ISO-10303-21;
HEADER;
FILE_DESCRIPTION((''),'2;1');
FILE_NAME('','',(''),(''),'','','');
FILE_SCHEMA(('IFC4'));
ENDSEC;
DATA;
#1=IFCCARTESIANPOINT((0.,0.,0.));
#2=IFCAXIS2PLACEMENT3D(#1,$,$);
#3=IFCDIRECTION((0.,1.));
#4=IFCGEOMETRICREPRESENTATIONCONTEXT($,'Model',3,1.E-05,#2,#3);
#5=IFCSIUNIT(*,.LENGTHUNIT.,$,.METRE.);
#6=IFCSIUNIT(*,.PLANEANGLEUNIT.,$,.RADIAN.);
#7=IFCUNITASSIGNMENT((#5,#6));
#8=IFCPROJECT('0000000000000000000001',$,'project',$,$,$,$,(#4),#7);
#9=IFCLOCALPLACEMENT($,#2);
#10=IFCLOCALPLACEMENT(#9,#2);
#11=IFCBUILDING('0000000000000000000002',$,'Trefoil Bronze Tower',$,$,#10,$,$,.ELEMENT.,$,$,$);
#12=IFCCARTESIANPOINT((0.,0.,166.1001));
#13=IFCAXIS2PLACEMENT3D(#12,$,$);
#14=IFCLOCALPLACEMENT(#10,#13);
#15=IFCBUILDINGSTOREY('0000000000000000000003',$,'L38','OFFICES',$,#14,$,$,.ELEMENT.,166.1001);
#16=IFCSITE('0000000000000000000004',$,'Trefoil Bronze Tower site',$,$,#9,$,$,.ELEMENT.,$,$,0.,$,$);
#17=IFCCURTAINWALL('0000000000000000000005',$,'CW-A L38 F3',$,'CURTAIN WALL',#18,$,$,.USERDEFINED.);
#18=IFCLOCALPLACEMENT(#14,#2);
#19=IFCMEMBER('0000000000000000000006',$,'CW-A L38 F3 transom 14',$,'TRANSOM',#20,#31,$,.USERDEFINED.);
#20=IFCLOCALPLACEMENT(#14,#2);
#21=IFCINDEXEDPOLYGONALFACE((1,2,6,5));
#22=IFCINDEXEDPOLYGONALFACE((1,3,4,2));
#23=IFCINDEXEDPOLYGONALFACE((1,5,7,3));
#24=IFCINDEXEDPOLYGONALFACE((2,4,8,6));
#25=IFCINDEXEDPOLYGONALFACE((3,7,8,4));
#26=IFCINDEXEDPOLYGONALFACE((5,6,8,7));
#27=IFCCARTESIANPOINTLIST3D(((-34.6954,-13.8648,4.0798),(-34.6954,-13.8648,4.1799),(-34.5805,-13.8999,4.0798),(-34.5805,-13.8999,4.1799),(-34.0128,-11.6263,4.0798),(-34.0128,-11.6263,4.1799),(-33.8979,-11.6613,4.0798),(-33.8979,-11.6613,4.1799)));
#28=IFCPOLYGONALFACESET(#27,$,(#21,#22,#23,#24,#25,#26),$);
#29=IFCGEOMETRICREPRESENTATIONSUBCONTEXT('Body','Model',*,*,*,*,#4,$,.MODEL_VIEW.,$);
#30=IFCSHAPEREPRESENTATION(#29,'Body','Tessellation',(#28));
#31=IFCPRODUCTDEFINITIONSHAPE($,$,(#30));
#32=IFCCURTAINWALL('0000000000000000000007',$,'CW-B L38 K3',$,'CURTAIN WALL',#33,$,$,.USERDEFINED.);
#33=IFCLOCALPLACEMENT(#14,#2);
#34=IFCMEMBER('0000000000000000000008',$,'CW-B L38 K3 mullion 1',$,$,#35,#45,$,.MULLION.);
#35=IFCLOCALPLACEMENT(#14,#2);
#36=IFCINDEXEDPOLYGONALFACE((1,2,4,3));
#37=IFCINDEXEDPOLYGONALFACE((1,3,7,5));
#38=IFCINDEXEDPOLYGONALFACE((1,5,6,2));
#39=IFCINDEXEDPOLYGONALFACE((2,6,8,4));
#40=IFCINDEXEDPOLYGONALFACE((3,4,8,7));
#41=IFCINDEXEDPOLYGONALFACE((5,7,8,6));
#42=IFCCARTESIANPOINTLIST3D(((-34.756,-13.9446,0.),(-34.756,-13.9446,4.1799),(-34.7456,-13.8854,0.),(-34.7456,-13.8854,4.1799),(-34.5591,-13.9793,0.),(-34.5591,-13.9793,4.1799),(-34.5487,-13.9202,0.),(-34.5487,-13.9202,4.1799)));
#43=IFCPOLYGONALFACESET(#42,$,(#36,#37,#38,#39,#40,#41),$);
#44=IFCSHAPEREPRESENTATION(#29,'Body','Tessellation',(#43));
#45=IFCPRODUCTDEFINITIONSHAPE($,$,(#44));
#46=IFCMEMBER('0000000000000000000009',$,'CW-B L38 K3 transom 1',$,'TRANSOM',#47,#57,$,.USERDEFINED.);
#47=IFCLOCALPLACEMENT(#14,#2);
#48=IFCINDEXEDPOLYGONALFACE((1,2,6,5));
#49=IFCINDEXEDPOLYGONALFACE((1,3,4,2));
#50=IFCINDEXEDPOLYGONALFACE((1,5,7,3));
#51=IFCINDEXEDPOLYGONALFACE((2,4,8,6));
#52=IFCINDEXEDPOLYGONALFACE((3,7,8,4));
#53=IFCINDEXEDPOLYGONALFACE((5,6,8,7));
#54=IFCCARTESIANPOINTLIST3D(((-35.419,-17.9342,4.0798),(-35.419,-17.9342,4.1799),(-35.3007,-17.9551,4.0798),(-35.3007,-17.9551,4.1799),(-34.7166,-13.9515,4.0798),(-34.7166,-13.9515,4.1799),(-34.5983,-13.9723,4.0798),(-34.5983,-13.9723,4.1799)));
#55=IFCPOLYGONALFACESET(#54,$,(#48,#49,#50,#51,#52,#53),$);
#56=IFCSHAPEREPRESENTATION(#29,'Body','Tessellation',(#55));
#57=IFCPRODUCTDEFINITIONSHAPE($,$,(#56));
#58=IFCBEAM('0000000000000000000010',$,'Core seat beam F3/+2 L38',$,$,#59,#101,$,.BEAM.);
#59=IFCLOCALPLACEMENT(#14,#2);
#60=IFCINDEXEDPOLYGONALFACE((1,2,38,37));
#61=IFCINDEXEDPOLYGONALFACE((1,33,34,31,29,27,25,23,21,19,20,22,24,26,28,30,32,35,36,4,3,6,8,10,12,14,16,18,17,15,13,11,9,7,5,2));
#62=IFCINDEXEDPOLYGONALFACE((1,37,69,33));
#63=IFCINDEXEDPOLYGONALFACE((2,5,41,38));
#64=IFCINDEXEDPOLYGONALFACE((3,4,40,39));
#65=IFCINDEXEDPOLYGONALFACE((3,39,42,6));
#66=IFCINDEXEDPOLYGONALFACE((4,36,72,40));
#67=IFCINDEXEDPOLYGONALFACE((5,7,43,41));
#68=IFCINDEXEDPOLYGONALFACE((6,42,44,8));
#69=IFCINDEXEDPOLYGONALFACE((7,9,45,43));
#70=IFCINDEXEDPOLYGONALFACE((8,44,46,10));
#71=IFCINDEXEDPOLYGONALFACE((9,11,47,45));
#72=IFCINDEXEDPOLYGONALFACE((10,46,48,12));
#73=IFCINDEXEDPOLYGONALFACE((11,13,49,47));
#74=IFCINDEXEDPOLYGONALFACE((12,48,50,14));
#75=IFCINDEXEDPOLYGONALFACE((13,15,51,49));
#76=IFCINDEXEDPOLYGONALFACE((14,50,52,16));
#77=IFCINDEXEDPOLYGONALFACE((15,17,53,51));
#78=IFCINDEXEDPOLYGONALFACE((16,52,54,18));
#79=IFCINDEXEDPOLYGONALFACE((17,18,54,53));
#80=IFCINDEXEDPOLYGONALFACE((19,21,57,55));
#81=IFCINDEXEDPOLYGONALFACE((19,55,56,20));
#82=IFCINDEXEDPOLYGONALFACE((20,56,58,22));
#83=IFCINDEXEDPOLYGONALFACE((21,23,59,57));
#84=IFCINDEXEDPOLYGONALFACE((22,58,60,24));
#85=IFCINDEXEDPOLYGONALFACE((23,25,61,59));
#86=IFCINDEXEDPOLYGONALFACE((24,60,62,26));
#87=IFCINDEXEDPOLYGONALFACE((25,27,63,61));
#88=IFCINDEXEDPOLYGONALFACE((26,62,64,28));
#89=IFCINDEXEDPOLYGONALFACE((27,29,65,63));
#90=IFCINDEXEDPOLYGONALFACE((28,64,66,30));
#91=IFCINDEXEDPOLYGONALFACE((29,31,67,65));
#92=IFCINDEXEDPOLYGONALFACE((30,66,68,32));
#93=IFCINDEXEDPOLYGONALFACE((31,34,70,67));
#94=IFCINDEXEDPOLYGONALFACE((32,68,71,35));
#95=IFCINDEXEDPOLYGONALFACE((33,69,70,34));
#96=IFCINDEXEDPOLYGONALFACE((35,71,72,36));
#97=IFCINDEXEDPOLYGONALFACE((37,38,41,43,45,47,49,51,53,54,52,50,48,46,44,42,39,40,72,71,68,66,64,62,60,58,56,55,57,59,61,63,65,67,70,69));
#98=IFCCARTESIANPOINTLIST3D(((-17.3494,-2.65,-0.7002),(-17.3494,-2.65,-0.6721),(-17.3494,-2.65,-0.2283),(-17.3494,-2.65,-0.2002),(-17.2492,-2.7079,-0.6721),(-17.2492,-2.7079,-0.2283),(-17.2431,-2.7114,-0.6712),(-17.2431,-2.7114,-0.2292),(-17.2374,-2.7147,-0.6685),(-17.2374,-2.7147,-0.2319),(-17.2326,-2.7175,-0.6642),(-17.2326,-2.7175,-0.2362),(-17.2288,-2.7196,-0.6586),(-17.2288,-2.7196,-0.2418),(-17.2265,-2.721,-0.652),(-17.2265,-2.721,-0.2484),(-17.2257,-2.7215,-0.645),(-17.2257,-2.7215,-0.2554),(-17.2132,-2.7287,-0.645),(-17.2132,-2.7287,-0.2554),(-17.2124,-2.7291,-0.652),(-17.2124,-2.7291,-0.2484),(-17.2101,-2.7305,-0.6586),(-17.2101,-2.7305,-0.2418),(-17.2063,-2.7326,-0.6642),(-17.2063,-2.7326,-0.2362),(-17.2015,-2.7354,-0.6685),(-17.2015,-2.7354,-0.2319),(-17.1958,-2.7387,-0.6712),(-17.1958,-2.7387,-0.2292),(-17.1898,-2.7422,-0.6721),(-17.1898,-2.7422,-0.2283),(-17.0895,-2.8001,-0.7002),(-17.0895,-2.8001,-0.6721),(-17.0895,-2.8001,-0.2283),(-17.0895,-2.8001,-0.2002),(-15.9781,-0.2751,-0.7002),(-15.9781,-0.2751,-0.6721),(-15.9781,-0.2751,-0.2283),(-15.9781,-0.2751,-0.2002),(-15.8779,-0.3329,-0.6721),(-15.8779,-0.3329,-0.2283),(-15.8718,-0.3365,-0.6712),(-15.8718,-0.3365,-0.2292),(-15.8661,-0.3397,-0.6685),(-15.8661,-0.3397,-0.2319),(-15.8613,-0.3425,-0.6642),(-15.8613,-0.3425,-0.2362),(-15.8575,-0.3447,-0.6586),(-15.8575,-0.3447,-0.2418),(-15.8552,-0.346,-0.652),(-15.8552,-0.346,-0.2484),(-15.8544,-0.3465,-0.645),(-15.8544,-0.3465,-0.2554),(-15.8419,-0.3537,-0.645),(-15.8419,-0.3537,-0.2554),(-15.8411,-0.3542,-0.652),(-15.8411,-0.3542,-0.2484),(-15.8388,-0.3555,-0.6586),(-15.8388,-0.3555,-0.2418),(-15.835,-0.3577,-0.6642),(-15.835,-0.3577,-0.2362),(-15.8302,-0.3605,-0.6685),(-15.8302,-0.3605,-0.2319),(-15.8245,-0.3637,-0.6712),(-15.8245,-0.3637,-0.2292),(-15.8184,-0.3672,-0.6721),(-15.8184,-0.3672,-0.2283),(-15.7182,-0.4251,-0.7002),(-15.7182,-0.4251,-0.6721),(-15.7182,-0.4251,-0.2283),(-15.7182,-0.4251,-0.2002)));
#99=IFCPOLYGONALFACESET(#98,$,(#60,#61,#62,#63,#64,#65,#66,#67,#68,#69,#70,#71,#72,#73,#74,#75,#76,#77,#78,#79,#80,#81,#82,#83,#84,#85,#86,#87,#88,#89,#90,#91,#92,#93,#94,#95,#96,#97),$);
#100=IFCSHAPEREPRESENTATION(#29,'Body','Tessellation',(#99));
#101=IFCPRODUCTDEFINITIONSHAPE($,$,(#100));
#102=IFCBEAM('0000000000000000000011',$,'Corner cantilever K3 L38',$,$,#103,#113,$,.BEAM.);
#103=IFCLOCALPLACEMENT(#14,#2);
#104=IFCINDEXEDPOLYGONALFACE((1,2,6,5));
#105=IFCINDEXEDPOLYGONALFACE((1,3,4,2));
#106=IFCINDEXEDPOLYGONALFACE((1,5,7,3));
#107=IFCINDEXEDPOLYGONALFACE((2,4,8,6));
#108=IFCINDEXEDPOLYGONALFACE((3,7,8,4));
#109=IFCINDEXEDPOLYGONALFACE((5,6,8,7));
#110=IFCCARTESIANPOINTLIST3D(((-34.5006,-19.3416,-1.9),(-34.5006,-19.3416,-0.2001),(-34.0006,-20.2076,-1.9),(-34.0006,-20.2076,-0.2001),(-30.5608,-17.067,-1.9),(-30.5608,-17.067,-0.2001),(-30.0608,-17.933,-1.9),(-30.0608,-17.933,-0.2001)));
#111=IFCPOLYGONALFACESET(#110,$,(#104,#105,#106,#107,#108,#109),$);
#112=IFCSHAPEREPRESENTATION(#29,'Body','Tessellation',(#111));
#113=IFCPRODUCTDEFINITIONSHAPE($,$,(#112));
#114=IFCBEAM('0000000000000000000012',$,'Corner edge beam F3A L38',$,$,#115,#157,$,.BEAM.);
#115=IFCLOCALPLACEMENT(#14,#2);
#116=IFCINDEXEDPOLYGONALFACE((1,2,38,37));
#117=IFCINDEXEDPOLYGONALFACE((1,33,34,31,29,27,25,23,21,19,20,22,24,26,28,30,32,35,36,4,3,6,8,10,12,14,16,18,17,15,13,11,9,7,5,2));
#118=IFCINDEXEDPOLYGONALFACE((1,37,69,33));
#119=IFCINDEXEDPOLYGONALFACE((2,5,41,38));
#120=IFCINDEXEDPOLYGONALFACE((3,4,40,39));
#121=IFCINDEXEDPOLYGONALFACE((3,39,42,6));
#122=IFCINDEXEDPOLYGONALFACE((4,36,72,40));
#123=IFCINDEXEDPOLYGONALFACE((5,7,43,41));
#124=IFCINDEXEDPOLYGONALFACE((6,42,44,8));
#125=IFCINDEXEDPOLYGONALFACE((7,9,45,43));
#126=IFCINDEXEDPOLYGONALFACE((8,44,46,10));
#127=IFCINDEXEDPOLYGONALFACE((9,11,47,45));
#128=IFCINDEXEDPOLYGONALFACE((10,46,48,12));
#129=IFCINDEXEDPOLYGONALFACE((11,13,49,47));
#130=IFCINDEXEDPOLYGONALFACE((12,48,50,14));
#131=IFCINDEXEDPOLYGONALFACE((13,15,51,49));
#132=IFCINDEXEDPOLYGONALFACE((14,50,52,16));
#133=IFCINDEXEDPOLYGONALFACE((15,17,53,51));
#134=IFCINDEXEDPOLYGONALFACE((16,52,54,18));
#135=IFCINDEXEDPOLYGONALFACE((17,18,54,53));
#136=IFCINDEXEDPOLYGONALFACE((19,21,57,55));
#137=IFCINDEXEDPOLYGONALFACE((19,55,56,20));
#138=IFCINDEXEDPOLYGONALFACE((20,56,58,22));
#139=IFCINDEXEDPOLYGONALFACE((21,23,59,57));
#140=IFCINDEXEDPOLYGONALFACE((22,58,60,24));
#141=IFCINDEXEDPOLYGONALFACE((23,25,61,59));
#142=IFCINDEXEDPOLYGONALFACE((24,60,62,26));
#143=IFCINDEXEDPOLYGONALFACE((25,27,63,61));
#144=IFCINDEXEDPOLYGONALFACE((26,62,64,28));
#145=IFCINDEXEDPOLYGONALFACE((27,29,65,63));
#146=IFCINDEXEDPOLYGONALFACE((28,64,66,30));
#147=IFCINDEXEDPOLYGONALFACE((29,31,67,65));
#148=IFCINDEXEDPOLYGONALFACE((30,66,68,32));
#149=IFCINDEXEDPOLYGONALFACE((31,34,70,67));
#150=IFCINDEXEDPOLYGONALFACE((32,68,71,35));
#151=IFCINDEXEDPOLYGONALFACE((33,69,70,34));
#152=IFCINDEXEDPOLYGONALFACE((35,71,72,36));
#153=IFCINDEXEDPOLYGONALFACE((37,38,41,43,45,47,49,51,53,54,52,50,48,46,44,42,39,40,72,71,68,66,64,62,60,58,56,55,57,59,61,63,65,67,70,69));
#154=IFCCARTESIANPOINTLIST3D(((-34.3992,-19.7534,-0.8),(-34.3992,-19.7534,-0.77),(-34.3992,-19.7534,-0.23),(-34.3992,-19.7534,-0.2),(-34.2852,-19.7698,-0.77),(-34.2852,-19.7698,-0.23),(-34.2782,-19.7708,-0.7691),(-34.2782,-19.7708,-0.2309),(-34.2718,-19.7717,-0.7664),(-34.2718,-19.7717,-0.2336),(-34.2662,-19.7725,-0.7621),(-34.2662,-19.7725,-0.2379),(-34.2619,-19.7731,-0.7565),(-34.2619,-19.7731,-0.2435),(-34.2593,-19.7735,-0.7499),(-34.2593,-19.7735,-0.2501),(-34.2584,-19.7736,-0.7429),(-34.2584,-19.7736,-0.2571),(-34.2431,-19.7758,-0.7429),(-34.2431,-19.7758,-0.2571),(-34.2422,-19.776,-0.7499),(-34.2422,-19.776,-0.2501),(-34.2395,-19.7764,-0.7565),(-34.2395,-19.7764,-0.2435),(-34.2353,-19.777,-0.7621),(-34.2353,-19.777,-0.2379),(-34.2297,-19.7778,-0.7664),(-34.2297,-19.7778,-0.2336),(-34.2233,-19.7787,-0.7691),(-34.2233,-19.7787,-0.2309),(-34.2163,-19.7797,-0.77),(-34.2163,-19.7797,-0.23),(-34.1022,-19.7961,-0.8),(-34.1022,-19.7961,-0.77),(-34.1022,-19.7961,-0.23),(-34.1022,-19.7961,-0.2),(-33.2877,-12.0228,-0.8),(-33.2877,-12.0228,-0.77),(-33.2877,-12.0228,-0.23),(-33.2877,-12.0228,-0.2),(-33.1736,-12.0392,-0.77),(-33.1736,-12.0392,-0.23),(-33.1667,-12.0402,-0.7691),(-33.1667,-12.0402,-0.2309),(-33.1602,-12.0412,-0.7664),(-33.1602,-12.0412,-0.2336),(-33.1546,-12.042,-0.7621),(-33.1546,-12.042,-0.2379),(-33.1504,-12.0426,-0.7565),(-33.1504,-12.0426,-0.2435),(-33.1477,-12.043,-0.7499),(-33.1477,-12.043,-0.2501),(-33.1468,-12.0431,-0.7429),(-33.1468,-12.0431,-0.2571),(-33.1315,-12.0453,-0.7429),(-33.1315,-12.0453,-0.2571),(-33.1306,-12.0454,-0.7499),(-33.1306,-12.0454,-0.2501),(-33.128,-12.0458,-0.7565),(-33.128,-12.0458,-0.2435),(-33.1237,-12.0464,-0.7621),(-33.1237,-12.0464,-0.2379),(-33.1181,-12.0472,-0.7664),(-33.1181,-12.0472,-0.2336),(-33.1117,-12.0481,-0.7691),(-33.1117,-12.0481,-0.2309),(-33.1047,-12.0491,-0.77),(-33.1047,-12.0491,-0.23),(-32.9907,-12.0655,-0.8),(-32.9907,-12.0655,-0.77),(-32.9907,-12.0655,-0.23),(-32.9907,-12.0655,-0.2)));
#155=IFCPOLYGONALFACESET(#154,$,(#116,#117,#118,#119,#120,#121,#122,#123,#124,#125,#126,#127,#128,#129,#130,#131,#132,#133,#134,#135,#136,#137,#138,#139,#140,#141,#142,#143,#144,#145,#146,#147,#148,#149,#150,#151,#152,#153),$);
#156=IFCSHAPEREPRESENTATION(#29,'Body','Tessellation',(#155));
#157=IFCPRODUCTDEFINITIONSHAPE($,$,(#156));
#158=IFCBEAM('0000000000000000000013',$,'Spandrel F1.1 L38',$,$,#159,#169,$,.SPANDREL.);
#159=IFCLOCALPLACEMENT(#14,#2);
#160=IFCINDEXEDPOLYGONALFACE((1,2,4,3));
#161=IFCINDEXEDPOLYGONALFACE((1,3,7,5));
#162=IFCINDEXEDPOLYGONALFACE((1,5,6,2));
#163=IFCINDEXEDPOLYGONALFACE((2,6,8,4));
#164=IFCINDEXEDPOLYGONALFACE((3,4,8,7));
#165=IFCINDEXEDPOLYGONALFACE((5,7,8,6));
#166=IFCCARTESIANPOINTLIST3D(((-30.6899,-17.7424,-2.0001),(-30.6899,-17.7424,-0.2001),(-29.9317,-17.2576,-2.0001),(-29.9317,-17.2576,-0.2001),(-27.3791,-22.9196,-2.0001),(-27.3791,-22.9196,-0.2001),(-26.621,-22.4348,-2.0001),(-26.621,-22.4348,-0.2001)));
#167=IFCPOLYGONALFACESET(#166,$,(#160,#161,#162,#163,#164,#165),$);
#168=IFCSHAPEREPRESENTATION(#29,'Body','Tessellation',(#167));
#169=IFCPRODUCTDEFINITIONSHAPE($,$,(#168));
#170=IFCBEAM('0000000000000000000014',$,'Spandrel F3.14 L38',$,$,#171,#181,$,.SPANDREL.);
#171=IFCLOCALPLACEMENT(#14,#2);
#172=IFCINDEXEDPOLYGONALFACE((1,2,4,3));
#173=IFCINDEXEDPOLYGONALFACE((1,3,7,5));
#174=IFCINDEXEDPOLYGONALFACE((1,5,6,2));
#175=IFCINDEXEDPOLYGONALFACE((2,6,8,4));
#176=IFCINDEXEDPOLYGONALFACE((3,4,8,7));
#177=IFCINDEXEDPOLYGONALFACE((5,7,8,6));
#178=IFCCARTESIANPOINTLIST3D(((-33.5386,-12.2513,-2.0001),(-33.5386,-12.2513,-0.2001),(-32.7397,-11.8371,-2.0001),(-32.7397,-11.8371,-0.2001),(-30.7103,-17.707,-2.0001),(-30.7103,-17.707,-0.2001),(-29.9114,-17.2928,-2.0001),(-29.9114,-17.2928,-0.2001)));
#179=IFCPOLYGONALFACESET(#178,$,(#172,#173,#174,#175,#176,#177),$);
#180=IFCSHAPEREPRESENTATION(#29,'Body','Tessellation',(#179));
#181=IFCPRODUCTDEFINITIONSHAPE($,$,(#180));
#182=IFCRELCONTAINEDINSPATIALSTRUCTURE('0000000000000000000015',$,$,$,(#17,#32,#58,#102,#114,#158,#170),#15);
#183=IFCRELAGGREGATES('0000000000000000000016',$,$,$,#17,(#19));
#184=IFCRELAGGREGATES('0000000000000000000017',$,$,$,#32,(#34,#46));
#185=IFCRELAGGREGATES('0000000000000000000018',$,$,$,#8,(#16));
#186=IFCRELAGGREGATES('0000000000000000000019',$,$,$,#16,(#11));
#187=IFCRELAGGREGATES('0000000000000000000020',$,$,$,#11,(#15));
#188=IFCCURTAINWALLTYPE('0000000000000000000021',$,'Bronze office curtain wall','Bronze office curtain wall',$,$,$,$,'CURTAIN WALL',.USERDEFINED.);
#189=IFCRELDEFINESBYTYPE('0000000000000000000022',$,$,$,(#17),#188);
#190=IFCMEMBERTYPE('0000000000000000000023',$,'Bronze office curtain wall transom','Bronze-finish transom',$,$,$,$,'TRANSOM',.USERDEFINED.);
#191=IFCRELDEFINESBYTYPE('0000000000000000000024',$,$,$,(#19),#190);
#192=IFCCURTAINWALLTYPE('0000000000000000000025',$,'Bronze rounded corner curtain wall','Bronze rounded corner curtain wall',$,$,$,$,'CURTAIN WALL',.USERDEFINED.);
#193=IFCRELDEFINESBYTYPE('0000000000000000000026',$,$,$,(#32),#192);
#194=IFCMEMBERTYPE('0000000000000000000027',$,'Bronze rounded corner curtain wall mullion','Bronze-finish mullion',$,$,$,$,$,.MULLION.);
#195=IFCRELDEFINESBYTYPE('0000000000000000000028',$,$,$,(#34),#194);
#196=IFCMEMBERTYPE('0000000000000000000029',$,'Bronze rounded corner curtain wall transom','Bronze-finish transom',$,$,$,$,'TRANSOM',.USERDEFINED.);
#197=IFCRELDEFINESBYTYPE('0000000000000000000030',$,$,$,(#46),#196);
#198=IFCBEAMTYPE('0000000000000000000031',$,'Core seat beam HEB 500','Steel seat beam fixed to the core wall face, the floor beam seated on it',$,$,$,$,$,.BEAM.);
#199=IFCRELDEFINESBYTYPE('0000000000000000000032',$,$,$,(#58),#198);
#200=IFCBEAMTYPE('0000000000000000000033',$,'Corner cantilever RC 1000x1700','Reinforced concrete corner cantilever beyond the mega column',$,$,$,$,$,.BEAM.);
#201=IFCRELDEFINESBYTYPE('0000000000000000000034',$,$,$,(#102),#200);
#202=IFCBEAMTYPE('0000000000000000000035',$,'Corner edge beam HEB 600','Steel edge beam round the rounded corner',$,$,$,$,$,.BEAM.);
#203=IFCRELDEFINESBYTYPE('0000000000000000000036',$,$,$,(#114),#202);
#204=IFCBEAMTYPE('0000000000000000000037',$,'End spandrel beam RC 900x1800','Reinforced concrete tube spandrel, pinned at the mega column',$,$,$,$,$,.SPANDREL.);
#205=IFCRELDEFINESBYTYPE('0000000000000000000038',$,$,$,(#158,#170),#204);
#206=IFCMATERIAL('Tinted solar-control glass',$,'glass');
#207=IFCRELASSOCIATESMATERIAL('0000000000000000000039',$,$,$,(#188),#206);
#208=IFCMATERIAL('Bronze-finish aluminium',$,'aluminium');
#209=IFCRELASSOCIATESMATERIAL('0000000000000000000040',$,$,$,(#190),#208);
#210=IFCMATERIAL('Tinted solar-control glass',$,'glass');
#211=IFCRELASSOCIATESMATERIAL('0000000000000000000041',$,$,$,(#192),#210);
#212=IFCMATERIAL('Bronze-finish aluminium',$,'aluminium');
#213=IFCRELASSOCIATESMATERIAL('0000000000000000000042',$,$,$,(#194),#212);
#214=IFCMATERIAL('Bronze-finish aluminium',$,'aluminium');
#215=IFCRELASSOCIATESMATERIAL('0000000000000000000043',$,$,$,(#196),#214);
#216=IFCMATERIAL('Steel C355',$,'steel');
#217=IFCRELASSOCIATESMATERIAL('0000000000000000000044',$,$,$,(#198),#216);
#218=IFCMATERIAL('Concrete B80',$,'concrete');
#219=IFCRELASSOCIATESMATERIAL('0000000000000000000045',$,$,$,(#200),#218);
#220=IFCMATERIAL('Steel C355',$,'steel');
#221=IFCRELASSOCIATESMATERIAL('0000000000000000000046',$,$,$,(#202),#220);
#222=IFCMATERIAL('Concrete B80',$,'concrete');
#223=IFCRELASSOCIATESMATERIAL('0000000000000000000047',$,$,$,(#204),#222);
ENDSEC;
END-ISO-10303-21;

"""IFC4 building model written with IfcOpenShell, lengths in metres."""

from ifc_helpers import new_model, si_unit, direction, frame, origin, origin_2d, place, context, subcontext, project, spatial, rectangle, i_section, extrude, material, material_profile, profile_set, type_object, element, aggregate, save


model = new_model("IFC4")

# Units and contexts
model_context = context("Model", 3, precision=1e-05, world=origin(), true_north=direction((0.0, 1.0)))
body_context = subcontext(model_context, "Body", "Model", "MODEL_VIEW")
ifc_project = project(units=[si_unit("LENGTHUNIT", "METRE"), si_unit("PLANEANGLEUNIT", "RADIAN")], contexts=[model_context])

# Site, building, storey
site_placement = place(None, origin())
site = spatial("IfcSite", under=ifc_project, at=site_placement, Name="Trefoil Bronze Tower site", CompositionType="ELEMENT", RefElevation=0.0)
building_placement = place(site_placement, origin())
building = spatial("IfcBuilding", under=site, at=building_placement, Name="Trefoil Bronze Tower", CompositionType="ELEMENT")
storey_placement = place(building_placement, frame((0.0, 0.0, 166.1001)))
storey = spatial("IfcBuildingStorey", under=building, at=storey_placement, Name="L38", Description="OFFICES", CompositionType="ELEMENT", Elevation=166.1001)

# Curtain walls, members
ifc_material_1 = material(Name="Tinted solar-control glass", Category="glass")
curtain_wall_type_1 = type_object("IfcCurtainWallType", Name="Bronze office curtain wall", Description="Bronze office curtain wall", ElementType="CURTAIN WALL", PredefinedType="USERDEFINED", material=ifc_material_1)
curtain_wall_1_placement = place(storey_placement, origin())
curtain_wall_1 = element("IfcCurtainWall", 1, at=curtain_wall_1_placement, inside=storey, type_object=curtain_wall_type_1, Name="CW-A L38 F3", ObjectType="CURTAIN WALL", PredefinedType="USERDEFINED")
ifc_material_2 = material(Name="Bronze-finish aluminium", Category="aluminium")
ifc_material_profile_1 = material_profile(ifc_material_2, rectangle(XDim=0.1201, YDim=0.1001, at=origin_2d()), Name="CW-A transom")
ifc_profile_set_1 = profile_set([ifc_material_profile_1], Name="Bronze-finish aluminium")
member_type_1 = type_object("IfcMemberType", Name="Bronze office curtain wall transom", Description="Bronze-finish transom", ElementType="TRANSOM", PredefinedType="USERDEFINED", material=ifc_profile_set_1)
member_1_placement = place(storey_placement, frame((-33.9553, -11.6438, 4.1299), z_axis=(-0.29168, -0.956516, 0.0), x_axis=(0.956516, -0.29168, 0.0)))
member_1 = element("IfcMember", 2, at=member_1_placement, type_object=member_type_1, Name="CW-A L38 F3 transom 14", ObjectType="TRANSOM", PredefinedType="USERDEFINED", context=body_context, shape_type="SweptSolid", body=[
    extrude(rectangle(XDim=0.1201, YDim=0.1001, at=origin_2d()), origin(), (0.0, 0.0, 1.0), 2.3403),
])
ifc_material_3 = material(Name="Tinted solar-control glass", Category="glass")
curtain_wall_type_2 = type_object("IfcCurtainWallType", Name="Bronze rounded corner curtain wall", Description="Bronze rounded corner curtain wall", ElementType="CURTAIN WALL", PredefinedType="USERDEFINED", material=ifc_material_3)
curtain_wall_2_placement = place(storey_placement, origin())
curtain_wall_2 = element("IfcCurtainWall", 3, at=curtain_wall_2_placement, inside=storey, type_object=curtain_wall_type_2, Name="CW-B L38 K3", ObjectType="CURTAIN WALL", PredefinedType="USERDEFINED")
ifc_material_4 = material(Name="Bronze-finish aluminium", Category="aluminium")
ifc_material_profile_2 = material_profile(ifc_material_4, rectangle(XDim=0.2, YDim=0.0601, at=origin_2d()), Name="CW-B mullion")
ifc_profile_set_2 = profile_set([ifc_material_profile_2], Name="Bronze-finish aluminium")
member_type_2 = type_object("IfcMemberType", Name="Bronze rounded corner curtain wall mullion", Description="Bronze-finish mullion", PredefinedType="MULLION", material=ifc_profile_set_2)
member_2_placement = place(storey_placement, frame((-34.6523, -13.9324, 0.0), z_axis=(0.0, 0.0, 1.0), x_axis=(0.984808, -0.173648, 0.0)))
member_2 = element("IfcMember", 4, at=member_2_placement, type_object=member_type_2, Name="CW-B L38 K3 mullion 1", PredefinedType="MULLION", context=body_context, shape_type="SweptSolid", body=[
    extrude(rectangle(XDim=0.2, YDim=0.0601, at=origin_2d()), origin(), (0.0, 0.0, 1.0), 4.1799),
])
ifc_material_5 = material(Name="Bronze-finish aluminium", Category="aluminium")
ifc_material_profile_3 = material_profile(ifc_material_5, rectangle(XDim=0.1201, YDim=0.1001, at=origin_2d()), Name="CW-B transom")
ifc_profile_set_3 = profile_set([ifc_material_profile_3], Name="Bronze-finish aluminium")
member_type_3 = type_object("IfcMemberType", Name="Bronze rounded corner curtain wall transom", Description="Bronze-finish transom", ElementType="TRANSOM", PredefinedType="USERDEFINED", material=ifc_profile_set_3)
member_3_placement = place(storey_placement, frame((-34.6575, -13.9619, 4.1299), z_axis=(-0.173682, -0.984802, 0.0), x_axis=(0.984802, -0.173682, 0.0)))
member_3 = element("IfcMember", 5, at=member_3_placement, type_object=member_type_3, Name="CW-B L38 K3 transom 1", ObjectType="TRANSOM", PredefinedType="USERDEFINED", context=body_context, shape_type="SweptSolid", body=[
    extrude(rectangle(XDim=0.1201, YDim=0.1001, at=origin_2d()), origin(), (0.0, 0.0, 1.0), 4.0442),
])

# Beams
ifc_material_6 = material(Name="Steel C355", Category="steel")
ifc_material_profile_4 = material_profile(ifc_material_6, i_section(OverallWidth=0.3, OverallDepth=0.5, WebThickness=0.0144, FlangeThickness=0.0281, FilletRadius=0.0271, at=origin_2d()), Name="HEB 500")
ifc_profile_set_4 = profile_set([ifc_material_profile_4], Name="Steel C355")
beam_type_1 = type_object("IfcBeamType", Name="Core seat beam HEB 500", Description="Steel seat beam fixed to the core wall face, the floor beam seated on it", PredefinedType="BEAM", material=ifc_profile_set_4)
beam_1_placement = place(storey_placement, frame((-15.8481, -0.3501, -0.4502), z_axis=(-0.500036, -0.866005, 0.0), x_axis=(0.866005, -0.500036, 0.0)))
element("IfcBeam", 6, at=beam_1_placement, inside=storey, type_object=beam_type_1, Name="Core seat beam F3/+2 L38", PredefinedType="BEAM", context=body_context, shape_type="SweptSolid", body=[
    extrude(i_section(OverallWidth=0.3, OverallDepth=0.5, WebThickness=0.0144, FlangeThickness=0.0281, FilletRadius=0.0271, at=origin_2d()), origin(), (0.0, 0.0, 1.0), 2.7424),
])
ifc_material_7 = material(Name="Concrete B80", Category="concrete")
ifc_material_profile_5 = material_profile(ifc_material_7, rectangle(XDim=1.0, YDim=1.7, at=origin_2d()), Name="RC 1000x1700")
ifc_profile_set_5 = profile_set([ifc_material_profile_5], Name="Concrete B80")
beam_type_2 = type_object("IfcBeamType", Name="Corner cantilever RC 1000x1700", Description="Reinforced concrete corner cantilever beyond the mega column", PredefinedType="BEAM", material=ifc_profile_set_5)
beam_2_placement = place(storey_placement, frame((-30.3108, -17.5, -1.05), z_axis=(-0.866032, -0.499989, 0.0), x_axis=(0.499989, -0.866032, 0.0)))
element("IfcBeam", 7, at=beam_2_placement, inside=storey, type_object=beam_type_2, Name="Corner cantilever K3 L38", PredefinedType="BEAM", context=body_context, shape_type="SweptSolid", body=[
    extrude(rectangle(XDim=1.0, YDim=1.7, at=origin_2d()), origin(), (0.0, 0.0, 1.0), 4.5493),
])
ifc_material_8 = material(Name="Steel C355", Category="steel")
ifc_material_profile_6 = material_profile(ifc_material_8, i_section(OverallWidth=0.3, OverallDepth=0.6001, WebThickness=0.0154, FlangeThickness=0.03, FilletRadius=0.0271, at=origin_2d()), Name="HEB 600")
ifc_profile_set_6 = profile_set([ifc_material_profile_6], Name="Steel C355")
beam_type_3 = type_object("IfcBeamType", Name="Corner edge beam HEB 600", Description="Steel edge beam round the rounded corner", PredefinedType="BEAM", material=ifc_profile_set_6)
beam_3_placement = place(storey_placement, frame((-33.1392, -12.0442, -0.5), z_axis=(-0.142327, -0.98982, 0.0), x_axis=(0.98982, -0.142327, 0.0)))
element("IfcBeam", 8, at=beam_3_placement, inside=storey, type_object=beam_type_3, Name="Corner edge beam F3A L38", PredefinedType="BEAM", context=body_context, shape_type="SweptSolid", body=[
    extrude(i_section(OverallWidth=0.3, OverallDepth=0.6001, WebThickness=0.0154, FlangeThickness=0.03, FilletRadius=0.0271, at=origin_2d()), origin(), (0.0, 0.0, 1.0), 7.8101),
])
ifc_material_9 = material(Name="Concrete B80", Category="concrete")
ifc_material_profile_7 = material_profile(ifc_material_9, rectangle(XDim=0.8999, YDim=1.8, at=origin_2d()), Name="RC 900x1800")
ifc_profile_set_7 = profile_set([ifc_material_profile_7], Name="Concrete B80")
beam_type_4 = type_object("IfcBeamType", Name="End spandrel beam RC 900x1800", Description="Reinforced concrete tube spandrel, pinned at the mega column", PredefinedType="SPANDREL", material=ifc_profile_set_7)
for number, where, z_axis, x_axis, name in (
    (9, (-30.3108, -17.5, -1.1001), (0.538748, -0.842467, 0.0), (0.842467, 0.538748, 0.0), "Spandrel F1.1 L38"),
    (10, (-33.1392, -12.0442, -1.1001), (0.460244, -0.887792, 0.0), (0.887792, 0.460244, 0.0), "Spandrel F3.14 L38"),
):
    element("IfcBeam", number, at=place(storey_placement, frame(where, z_axis=z_axis, x_axis=x_axis)), inside=storey, type_object=beam_type_4, Name=name, PredefinedType="SPANDREL", context=body_context, shape_type="SweptSolid", body=[
        extrude(rectangle(XDim=0.8999, YDim=1.8, at=origin_2d()), origin(), (0.0, 0.0, 1.0), 6.1453),
    ])

aggregate(curtain_wall_1, [member_1])
aggregate(curtain_wall_2, [member_2, member_3])

save(model, "model.ifc")
